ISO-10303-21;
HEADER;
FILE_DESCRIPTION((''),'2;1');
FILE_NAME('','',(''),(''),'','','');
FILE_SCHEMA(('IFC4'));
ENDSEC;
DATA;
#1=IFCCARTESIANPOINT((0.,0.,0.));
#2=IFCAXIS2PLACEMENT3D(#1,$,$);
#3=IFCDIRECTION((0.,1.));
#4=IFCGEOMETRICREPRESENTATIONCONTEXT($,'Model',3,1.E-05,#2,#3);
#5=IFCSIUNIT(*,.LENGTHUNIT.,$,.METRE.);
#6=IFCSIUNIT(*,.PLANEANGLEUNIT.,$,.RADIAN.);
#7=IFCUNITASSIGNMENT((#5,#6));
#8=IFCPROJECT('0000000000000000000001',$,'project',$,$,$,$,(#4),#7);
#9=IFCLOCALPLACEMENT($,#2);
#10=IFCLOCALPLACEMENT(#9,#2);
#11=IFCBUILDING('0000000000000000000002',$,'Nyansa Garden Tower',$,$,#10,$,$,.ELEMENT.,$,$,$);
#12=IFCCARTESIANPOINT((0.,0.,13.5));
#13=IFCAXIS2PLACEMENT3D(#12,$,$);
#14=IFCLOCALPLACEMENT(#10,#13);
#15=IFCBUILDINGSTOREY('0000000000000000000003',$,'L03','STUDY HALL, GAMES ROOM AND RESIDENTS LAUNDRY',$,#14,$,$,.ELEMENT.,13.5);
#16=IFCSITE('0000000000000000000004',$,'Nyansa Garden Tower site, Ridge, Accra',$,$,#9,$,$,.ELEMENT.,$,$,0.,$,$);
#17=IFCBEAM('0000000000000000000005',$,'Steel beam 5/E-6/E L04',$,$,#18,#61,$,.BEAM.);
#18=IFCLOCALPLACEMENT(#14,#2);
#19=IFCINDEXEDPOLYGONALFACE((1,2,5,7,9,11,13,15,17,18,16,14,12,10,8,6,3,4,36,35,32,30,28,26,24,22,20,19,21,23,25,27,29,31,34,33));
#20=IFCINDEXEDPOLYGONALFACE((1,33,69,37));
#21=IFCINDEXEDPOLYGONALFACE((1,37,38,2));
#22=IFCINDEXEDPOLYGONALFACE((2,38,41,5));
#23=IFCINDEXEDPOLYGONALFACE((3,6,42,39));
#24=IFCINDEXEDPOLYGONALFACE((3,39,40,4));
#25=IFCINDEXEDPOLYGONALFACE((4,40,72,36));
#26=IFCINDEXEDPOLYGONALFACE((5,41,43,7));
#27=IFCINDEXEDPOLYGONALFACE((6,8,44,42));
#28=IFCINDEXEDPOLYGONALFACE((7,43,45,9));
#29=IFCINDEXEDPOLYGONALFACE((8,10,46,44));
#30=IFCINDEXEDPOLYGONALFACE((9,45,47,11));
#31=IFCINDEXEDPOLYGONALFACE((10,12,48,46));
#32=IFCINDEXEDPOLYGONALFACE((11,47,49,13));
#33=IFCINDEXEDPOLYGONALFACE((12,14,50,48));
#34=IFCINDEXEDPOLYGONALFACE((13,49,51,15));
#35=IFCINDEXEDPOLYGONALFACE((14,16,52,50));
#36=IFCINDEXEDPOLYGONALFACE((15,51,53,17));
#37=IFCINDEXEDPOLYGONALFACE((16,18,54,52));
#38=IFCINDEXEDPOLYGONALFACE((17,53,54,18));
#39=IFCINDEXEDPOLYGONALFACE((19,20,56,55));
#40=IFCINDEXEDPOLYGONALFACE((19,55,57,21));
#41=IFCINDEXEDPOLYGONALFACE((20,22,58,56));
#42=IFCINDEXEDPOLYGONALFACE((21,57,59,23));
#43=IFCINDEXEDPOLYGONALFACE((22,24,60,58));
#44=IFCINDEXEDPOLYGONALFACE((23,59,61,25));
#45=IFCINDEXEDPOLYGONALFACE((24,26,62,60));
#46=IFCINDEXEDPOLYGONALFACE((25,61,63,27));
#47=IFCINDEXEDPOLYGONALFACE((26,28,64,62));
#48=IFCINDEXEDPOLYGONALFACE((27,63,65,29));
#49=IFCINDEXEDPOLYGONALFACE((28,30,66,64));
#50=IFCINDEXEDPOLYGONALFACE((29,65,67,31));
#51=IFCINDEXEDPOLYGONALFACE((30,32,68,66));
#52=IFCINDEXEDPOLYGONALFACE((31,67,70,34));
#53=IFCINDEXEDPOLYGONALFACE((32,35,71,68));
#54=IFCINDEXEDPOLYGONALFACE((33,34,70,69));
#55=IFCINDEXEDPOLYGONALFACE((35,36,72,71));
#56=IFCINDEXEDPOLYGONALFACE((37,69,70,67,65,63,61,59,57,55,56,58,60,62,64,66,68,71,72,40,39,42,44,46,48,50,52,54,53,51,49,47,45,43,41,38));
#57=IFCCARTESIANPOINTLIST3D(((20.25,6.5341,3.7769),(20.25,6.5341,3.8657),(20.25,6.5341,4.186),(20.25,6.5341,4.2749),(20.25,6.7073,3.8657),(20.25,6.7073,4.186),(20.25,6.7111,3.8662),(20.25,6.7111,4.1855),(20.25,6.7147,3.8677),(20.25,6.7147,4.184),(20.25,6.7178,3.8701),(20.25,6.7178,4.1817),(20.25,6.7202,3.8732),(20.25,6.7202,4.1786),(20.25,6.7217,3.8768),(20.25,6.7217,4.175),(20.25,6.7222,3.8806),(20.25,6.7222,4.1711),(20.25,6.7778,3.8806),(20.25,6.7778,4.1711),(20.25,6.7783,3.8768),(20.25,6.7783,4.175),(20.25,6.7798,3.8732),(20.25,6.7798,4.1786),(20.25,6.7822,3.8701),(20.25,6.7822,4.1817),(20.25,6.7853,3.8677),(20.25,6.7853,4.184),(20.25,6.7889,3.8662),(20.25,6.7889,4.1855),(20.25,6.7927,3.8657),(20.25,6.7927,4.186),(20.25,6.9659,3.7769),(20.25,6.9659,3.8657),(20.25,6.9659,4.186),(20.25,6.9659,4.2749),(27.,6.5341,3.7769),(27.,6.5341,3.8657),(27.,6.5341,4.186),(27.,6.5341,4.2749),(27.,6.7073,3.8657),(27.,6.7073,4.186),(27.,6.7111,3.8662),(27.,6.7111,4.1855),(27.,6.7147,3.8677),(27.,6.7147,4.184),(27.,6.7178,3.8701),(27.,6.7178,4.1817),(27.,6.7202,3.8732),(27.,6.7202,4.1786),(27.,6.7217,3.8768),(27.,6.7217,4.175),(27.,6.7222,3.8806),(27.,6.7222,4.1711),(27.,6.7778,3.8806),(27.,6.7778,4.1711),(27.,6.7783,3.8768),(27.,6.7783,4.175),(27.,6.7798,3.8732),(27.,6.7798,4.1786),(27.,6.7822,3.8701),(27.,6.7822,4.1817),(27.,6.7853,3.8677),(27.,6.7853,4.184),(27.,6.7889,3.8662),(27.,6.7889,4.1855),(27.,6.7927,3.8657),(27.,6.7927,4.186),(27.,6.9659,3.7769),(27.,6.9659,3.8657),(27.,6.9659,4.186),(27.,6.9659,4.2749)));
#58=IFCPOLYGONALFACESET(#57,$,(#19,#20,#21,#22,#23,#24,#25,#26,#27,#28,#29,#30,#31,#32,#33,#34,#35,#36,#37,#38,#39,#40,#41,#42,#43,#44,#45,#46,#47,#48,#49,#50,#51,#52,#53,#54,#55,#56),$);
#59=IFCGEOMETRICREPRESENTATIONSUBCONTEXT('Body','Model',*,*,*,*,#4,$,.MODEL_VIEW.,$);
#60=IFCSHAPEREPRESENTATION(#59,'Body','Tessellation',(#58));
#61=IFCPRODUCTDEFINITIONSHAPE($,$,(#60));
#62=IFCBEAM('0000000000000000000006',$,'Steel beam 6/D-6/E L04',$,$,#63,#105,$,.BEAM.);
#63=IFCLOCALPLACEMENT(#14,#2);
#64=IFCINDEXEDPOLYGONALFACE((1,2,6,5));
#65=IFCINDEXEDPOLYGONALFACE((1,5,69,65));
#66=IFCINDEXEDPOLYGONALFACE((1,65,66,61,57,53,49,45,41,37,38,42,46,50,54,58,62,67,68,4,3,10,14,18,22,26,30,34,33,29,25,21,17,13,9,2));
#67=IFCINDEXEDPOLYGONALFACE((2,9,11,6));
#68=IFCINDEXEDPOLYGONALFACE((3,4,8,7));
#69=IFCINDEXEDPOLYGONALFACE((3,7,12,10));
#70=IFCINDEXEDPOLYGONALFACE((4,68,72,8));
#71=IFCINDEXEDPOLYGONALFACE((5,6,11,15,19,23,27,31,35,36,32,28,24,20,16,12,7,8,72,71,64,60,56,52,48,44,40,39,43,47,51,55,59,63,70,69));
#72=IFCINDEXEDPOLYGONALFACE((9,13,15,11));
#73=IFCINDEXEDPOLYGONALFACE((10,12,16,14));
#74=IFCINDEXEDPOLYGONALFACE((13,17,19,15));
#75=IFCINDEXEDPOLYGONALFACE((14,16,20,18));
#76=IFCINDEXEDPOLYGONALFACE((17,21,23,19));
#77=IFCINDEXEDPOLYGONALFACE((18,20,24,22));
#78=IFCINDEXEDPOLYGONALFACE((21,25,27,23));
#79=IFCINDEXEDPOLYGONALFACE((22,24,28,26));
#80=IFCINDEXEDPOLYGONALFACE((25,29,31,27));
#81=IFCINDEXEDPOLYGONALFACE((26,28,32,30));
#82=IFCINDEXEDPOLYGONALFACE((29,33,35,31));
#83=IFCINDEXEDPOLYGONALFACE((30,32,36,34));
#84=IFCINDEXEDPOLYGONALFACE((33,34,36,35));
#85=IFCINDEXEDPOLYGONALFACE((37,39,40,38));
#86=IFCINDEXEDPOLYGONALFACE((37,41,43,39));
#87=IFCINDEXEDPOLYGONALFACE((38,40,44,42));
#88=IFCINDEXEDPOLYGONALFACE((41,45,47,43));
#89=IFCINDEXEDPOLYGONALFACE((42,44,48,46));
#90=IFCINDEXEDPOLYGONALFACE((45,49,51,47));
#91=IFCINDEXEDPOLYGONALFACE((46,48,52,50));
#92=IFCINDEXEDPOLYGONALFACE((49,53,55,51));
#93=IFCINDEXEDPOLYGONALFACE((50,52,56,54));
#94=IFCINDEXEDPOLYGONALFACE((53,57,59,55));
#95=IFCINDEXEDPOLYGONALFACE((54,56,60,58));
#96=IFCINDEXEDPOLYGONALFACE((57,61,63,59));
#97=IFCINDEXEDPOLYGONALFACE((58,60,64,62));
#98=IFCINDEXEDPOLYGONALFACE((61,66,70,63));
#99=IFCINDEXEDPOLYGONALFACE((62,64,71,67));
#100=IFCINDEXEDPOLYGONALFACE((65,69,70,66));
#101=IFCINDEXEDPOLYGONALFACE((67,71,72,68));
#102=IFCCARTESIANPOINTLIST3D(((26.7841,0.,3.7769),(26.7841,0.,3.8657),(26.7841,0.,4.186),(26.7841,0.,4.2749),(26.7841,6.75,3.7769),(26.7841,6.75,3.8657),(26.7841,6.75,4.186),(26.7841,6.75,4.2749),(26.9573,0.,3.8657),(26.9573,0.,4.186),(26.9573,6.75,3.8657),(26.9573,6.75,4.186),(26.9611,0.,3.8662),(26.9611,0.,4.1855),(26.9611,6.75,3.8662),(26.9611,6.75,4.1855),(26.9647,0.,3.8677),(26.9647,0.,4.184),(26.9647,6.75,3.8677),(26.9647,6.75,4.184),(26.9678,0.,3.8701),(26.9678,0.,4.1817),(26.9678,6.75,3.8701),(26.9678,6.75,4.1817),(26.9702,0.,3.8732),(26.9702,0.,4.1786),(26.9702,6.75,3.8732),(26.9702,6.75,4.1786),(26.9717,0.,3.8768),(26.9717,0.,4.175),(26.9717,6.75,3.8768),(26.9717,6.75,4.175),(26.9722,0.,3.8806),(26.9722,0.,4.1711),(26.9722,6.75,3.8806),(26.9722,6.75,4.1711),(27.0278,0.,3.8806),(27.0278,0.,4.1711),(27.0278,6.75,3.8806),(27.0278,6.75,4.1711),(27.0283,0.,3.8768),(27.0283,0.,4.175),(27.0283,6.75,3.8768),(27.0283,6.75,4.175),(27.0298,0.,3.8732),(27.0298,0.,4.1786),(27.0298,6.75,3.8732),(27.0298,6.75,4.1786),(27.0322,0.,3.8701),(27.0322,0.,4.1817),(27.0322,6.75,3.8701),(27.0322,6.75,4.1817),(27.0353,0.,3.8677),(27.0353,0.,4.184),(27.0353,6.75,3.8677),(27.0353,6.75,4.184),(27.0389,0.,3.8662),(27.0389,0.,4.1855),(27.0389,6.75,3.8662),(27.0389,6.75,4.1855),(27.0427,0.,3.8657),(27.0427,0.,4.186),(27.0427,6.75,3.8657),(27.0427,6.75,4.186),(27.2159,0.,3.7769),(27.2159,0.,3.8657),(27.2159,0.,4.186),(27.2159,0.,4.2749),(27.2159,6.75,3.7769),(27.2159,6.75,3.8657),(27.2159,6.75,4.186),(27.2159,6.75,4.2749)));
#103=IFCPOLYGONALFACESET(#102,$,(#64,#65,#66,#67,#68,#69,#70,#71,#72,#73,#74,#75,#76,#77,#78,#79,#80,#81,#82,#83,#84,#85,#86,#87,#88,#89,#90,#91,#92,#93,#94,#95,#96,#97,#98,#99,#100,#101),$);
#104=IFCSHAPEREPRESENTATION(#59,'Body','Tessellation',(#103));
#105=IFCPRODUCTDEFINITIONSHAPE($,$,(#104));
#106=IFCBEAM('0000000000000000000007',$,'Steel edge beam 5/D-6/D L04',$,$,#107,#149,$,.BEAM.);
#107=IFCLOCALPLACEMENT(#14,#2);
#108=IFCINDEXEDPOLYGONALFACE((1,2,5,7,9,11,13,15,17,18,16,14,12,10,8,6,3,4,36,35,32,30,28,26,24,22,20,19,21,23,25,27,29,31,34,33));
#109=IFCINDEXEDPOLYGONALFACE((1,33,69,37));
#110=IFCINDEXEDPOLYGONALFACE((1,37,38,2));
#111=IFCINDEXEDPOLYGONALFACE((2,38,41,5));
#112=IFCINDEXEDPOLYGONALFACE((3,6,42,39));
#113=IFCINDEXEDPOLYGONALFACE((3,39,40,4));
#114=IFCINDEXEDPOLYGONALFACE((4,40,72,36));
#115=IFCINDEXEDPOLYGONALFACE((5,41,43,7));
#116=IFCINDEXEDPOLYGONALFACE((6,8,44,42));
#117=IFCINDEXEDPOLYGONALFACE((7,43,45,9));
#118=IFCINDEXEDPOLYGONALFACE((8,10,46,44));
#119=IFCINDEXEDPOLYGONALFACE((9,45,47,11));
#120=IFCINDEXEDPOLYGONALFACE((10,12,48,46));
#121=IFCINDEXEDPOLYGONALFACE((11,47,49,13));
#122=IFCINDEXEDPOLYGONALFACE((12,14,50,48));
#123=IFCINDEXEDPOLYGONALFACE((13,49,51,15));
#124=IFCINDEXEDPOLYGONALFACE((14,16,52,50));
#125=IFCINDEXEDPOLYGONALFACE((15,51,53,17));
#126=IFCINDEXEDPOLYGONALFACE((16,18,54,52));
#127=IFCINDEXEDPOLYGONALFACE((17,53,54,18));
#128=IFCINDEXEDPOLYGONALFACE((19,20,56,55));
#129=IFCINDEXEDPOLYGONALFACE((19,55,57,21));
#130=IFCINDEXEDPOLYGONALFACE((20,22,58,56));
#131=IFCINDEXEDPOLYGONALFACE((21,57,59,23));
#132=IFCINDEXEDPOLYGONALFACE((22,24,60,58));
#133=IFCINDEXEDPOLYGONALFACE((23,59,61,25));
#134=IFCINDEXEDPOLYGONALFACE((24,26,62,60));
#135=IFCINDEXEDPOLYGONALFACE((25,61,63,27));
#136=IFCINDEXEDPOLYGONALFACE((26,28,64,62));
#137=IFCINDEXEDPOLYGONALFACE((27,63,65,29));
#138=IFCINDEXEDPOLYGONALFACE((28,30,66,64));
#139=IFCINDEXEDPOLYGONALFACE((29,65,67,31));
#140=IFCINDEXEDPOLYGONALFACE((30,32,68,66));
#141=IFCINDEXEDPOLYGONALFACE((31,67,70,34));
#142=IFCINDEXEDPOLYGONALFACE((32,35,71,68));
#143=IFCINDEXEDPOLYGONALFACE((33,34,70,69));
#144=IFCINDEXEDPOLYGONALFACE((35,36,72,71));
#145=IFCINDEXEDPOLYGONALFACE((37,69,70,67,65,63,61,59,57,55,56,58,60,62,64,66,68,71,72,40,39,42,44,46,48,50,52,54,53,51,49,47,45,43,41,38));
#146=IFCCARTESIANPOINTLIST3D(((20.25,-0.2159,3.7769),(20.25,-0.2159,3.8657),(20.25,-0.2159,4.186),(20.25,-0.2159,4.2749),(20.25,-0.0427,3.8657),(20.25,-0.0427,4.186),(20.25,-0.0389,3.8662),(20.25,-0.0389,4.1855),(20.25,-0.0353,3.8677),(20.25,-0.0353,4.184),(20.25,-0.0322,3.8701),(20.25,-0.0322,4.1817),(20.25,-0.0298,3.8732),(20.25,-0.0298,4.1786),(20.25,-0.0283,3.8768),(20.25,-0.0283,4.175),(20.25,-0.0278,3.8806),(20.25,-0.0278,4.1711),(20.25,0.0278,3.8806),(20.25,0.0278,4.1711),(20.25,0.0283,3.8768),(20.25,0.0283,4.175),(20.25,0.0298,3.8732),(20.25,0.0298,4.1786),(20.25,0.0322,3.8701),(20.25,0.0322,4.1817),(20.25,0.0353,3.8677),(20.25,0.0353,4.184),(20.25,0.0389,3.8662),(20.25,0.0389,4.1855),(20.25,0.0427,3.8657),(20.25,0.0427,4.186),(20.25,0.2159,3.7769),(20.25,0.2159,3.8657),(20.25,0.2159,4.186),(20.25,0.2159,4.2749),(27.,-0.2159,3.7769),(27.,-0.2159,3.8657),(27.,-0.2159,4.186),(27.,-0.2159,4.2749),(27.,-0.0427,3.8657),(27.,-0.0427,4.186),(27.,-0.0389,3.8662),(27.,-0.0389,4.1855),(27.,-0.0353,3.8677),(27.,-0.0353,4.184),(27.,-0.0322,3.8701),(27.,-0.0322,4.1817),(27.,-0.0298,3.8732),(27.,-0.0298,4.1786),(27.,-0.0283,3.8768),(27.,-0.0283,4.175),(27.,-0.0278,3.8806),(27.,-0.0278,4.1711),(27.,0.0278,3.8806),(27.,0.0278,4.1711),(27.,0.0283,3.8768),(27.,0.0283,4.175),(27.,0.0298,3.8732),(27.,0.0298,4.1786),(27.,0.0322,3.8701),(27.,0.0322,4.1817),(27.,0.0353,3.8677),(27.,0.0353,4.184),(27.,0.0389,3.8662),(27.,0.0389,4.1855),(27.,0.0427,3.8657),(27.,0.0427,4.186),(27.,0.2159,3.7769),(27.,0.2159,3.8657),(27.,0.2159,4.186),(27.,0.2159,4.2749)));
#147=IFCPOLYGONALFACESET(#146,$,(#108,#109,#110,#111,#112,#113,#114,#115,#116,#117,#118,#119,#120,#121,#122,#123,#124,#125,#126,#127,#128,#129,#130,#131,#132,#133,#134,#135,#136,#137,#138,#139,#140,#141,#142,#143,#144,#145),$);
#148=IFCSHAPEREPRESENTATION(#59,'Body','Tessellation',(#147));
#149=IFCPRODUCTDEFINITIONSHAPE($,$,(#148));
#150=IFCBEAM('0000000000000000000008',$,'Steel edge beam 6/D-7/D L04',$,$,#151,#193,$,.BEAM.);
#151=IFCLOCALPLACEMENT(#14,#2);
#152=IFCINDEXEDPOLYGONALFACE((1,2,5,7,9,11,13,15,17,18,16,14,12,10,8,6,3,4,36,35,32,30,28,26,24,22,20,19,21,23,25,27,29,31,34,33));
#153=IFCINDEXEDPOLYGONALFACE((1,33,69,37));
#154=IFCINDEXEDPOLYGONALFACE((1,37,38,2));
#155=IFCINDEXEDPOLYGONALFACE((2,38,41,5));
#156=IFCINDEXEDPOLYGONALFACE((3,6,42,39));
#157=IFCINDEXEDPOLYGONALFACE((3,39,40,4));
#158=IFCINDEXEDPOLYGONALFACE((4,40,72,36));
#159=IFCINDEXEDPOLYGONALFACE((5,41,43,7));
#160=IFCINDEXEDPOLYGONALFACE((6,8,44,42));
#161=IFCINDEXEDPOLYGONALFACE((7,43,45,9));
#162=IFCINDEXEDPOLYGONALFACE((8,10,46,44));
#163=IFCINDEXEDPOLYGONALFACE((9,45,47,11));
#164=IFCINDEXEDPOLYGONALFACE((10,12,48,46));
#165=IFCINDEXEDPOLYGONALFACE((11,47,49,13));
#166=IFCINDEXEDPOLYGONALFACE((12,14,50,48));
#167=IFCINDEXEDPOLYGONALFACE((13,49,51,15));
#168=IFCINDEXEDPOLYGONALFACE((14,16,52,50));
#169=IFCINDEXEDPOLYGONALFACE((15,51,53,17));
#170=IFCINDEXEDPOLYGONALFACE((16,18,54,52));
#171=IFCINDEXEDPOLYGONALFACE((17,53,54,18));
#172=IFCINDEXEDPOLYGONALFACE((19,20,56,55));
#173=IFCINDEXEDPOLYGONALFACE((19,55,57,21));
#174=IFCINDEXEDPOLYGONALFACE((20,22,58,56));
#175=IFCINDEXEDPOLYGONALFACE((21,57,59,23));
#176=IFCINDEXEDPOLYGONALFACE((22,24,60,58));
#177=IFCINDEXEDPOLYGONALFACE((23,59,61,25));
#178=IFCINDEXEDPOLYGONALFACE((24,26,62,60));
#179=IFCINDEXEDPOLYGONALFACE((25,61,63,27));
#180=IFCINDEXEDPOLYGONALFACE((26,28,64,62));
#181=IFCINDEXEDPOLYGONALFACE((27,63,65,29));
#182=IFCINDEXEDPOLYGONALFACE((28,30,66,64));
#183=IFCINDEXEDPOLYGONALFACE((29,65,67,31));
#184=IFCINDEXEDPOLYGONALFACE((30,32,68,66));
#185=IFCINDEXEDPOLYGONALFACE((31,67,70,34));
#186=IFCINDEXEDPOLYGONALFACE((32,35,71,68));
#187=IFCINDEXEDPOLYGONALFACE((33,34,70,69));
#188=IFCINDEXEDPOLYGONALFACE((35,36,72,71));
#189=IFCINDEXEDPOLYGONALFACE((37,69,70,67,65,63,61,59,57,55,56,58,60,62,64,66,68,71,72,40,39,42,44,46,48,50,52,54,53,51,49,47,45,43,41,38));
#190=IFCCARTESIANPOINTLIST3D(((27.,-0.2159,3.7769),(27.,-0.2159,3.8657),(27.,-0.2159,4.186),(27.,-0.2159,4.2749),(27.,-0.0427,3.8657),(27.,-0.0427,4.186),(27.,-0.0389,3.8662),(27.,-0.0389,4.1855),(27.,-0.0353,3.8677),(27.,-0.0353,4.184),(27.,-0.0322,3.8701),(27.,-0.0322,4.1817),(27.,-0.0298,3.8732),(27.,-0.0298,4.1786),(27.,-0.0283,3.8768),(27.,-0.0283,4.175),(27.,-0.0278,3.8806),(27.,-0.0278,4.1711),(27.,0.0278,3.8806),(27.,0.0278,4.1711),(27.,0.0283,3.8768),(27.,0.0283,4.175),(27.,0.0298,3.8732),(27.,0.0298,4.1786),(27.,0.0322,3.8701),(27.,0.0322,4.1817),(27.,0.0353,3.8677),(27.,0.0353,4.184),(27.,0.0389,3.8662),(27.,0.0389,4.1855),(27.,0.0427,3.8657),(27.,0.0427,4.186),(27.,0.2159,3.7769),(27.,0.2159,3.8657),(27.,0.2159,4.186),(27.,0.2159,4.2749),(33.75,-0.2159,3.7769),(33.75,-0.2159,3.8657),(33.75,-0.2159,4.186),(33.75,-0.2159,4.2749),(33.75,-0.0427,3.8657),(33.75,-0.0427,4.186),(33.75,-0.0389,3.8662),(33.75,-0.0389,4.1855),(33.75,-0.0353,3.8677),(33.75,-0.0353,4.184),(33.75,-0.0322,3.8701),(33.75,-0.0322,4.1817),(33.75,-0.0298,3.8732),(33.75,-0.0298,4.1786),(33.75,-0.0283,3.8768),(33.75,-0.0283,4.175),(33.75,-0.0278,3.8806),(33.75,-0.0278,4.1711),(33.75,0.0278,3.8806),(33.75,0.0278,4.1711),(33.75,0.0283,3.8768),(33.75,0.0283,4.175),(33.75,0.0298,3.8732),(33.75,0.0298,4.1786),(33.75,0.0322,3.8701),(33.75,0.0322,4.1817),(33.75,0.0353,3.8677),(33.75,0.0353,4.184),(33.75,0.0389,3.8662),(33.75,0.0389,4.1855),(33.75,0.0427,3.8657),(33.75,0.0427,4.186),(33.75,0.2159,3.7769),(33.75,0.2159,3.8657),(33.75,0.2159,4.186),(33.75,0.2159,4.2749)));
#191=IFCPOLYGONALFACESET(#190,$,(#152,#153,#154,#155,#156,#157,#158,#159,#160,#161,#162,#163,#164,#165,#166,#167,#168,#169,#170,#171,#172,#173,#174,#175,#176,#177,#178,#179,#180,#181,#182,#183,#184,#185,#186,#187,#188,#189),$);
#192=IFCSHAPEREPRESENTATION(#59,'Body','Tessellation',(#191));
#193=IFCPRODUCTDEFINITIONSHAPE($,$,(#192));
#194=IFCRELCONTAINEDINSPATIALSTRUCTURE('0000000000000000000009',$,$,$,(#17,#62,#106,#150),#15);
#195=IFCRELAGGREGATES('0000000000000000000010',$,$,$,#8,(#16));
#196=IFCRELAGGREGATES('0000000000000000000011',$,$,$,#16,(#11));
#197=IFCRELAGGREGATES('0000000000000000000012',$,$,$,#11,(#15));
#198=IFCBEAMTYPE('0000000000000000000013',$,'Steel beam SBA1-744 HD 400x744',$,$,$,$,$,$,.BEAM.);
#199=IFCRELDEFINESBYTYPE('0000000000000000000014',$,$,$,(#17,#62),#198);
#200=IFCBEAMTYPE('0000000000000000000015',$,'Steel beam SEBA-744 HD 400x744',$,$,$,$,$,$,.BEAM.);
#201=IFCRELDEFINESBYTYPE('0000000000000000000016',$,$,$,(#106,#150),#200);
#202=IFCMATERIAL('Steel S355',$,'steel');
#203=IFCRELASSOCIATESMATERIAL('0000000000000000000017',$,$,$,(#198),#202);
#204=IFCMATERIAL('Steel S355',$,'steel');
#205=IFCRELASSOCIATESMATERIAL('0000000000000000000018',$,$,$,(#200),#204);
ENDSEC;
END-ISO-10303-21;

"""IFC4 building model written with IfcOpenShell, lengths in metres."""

from ifc_helpers import new_model, si_unit, direction, frame, origin, origin_2d, place, context, subcontext, project, spatial, i_section, extrude, material, material_profile, profile_set, type_object, element, save


model = new_model("IFC4")

# Units and contexts
model_context = context("Model", 3, precision=1e-05, world=origin(), true_north=direction((0.0, 1.0)))
body_context = subcontext(model_context, "Body", "Model", "MODEL_VIEW")
ifc_project = project(units=[si_unit("LENGTHUNIT", "METRE"), si_unit("PLANEANGLEUNIT", "RADIAN")], contexts=[model_context])

# Site, building, storey
site_placement = place(None, origin())
site = spatial("IfcSite", under=ifc_project, at=site_placement, Name="Nyansa Garden Tower site, Ridge, Accra", CompositionType="ELEMENT", RefElevation=0.0)
building_placement = place(site_placement, origin())
building = spatial("IfcBuilding", under=site, at=building_placement, Name="Nyansa Garden Tower", CompositionType="ELEMENT")
storey_placement = place(building_placement, frame((0.0, 0.0, 13.5)))
storey = spatial("IfcBuildingStorey", under=building, at=storey_placement, Name="L03", Description="STUDY HALL, GAMES ROOM AND RESIDENTS LAUNDRY", CompositionType="ELEMENT", Elevation=13.5)

# Beams
ifc_material_1 = material(Name="Steel S355", Category="steel")
ifc_material_profile_1 = material_profile(ifc_material_1, i_section(OverallWidth=0.4319, OverallDepth=0.498, WebThickness=0.0557, FlangeThickness=0.0889, FilletRadius=0.0149, at=origin_2d()), Name="HD 400x744")
ifc_profile_set_1 = profile_set([ifc_material_profile_1], Name="Steel S355")
beam_type_1 = type_object("IfcBeamType", Name="Steel beam SBA1-744 HD 400x744", PredefinedType="BEAM", material=ifc_profile_set_1)
for number, where, z_axis, x_axis, name in (
    (1, (20.25, 6.75, 4.0259), (1.0, 0.0, 0.0), (0.0, 1.0, 0.0), "Steel beam 5/E-6/E L04"),
    (2, (27.0, 0.0, 4.0259), (0.0, 1.0, 0.0), (-1.0, 0.0, 0.0), "Steel beam 6/D-6/E L04"),
):
    element("IfcBeam", number, at=place(storey_placement, frame(where, z_axis=z_axis, x_axis=x_axis)), inside=storey, type_object=beam_type_1, Name=name, PredefinedType="BEAM", context=body_context, shape_type="SweptSolid", body=[
        extrude(i_section(OverallWidth=0.4319, OverallDepth=0.498, WebThickness=0.0557, FlangeThickness=0.0889, FilletRadius=0.0149, at=origin_2d()), origin(), (0.0, 0.0, 1.0), 6.75),
    ])
ifc_material_2 = material(Name="Steel S355", Category="steel")
ifc_material_profile_2 = material_profile(ifc_material_2, i_section(OverallWidth=0.4319, OverallDepth=0.498, WebThickness=0.0557, FlangeThickness=0.0889, FilletRadius=0.0149, at=origin_2d()), Name="HD 400x744")
ifc_profile_set_2 = profile_set([ifc_material_profile_2], Name="Steel S355")
beam_type_2 = type_object("IfcBeamType", Name="Steel beam SEBA-744 HD 400x744", PredefinedType="BEAM", material=ifc_profile_set_2)
for number, where, z_axis, x_axis, name in (
    (3, (20.25, 0.0, 4.0259), (1.0, 0.0, 0.0), (0.0, 1.0, 0.0), "Steel edge beam 5/D-6/D L04"),
    (4, (27.0, 0.0, 4.0259), (1.0, 0.0, 0.0), (0.0, 1.0, 0.0), "Steel edge beam 6/D-7/D L04"),
):
    element("IfcBeam", number, at=place(storey_placement, frame(where, z_axis=z_axis, x_axis=x_axis)), inside=storey, type_object=beam_type_2, Name=name, PredefinedType="BEAM", context=body_context, shape_type="SweptSolid", body=[
        extrude(i_section(OverallWidth=0.4319, OverallDepth=0.498, WebThickness=0.0557, FlangeThickness=0.0889, FilletRadius=0.0149, at=origin_2d()), origin(), (0.0, 0.0, 1.0), 6.75),
    ])

save(model, "model.ifc")
